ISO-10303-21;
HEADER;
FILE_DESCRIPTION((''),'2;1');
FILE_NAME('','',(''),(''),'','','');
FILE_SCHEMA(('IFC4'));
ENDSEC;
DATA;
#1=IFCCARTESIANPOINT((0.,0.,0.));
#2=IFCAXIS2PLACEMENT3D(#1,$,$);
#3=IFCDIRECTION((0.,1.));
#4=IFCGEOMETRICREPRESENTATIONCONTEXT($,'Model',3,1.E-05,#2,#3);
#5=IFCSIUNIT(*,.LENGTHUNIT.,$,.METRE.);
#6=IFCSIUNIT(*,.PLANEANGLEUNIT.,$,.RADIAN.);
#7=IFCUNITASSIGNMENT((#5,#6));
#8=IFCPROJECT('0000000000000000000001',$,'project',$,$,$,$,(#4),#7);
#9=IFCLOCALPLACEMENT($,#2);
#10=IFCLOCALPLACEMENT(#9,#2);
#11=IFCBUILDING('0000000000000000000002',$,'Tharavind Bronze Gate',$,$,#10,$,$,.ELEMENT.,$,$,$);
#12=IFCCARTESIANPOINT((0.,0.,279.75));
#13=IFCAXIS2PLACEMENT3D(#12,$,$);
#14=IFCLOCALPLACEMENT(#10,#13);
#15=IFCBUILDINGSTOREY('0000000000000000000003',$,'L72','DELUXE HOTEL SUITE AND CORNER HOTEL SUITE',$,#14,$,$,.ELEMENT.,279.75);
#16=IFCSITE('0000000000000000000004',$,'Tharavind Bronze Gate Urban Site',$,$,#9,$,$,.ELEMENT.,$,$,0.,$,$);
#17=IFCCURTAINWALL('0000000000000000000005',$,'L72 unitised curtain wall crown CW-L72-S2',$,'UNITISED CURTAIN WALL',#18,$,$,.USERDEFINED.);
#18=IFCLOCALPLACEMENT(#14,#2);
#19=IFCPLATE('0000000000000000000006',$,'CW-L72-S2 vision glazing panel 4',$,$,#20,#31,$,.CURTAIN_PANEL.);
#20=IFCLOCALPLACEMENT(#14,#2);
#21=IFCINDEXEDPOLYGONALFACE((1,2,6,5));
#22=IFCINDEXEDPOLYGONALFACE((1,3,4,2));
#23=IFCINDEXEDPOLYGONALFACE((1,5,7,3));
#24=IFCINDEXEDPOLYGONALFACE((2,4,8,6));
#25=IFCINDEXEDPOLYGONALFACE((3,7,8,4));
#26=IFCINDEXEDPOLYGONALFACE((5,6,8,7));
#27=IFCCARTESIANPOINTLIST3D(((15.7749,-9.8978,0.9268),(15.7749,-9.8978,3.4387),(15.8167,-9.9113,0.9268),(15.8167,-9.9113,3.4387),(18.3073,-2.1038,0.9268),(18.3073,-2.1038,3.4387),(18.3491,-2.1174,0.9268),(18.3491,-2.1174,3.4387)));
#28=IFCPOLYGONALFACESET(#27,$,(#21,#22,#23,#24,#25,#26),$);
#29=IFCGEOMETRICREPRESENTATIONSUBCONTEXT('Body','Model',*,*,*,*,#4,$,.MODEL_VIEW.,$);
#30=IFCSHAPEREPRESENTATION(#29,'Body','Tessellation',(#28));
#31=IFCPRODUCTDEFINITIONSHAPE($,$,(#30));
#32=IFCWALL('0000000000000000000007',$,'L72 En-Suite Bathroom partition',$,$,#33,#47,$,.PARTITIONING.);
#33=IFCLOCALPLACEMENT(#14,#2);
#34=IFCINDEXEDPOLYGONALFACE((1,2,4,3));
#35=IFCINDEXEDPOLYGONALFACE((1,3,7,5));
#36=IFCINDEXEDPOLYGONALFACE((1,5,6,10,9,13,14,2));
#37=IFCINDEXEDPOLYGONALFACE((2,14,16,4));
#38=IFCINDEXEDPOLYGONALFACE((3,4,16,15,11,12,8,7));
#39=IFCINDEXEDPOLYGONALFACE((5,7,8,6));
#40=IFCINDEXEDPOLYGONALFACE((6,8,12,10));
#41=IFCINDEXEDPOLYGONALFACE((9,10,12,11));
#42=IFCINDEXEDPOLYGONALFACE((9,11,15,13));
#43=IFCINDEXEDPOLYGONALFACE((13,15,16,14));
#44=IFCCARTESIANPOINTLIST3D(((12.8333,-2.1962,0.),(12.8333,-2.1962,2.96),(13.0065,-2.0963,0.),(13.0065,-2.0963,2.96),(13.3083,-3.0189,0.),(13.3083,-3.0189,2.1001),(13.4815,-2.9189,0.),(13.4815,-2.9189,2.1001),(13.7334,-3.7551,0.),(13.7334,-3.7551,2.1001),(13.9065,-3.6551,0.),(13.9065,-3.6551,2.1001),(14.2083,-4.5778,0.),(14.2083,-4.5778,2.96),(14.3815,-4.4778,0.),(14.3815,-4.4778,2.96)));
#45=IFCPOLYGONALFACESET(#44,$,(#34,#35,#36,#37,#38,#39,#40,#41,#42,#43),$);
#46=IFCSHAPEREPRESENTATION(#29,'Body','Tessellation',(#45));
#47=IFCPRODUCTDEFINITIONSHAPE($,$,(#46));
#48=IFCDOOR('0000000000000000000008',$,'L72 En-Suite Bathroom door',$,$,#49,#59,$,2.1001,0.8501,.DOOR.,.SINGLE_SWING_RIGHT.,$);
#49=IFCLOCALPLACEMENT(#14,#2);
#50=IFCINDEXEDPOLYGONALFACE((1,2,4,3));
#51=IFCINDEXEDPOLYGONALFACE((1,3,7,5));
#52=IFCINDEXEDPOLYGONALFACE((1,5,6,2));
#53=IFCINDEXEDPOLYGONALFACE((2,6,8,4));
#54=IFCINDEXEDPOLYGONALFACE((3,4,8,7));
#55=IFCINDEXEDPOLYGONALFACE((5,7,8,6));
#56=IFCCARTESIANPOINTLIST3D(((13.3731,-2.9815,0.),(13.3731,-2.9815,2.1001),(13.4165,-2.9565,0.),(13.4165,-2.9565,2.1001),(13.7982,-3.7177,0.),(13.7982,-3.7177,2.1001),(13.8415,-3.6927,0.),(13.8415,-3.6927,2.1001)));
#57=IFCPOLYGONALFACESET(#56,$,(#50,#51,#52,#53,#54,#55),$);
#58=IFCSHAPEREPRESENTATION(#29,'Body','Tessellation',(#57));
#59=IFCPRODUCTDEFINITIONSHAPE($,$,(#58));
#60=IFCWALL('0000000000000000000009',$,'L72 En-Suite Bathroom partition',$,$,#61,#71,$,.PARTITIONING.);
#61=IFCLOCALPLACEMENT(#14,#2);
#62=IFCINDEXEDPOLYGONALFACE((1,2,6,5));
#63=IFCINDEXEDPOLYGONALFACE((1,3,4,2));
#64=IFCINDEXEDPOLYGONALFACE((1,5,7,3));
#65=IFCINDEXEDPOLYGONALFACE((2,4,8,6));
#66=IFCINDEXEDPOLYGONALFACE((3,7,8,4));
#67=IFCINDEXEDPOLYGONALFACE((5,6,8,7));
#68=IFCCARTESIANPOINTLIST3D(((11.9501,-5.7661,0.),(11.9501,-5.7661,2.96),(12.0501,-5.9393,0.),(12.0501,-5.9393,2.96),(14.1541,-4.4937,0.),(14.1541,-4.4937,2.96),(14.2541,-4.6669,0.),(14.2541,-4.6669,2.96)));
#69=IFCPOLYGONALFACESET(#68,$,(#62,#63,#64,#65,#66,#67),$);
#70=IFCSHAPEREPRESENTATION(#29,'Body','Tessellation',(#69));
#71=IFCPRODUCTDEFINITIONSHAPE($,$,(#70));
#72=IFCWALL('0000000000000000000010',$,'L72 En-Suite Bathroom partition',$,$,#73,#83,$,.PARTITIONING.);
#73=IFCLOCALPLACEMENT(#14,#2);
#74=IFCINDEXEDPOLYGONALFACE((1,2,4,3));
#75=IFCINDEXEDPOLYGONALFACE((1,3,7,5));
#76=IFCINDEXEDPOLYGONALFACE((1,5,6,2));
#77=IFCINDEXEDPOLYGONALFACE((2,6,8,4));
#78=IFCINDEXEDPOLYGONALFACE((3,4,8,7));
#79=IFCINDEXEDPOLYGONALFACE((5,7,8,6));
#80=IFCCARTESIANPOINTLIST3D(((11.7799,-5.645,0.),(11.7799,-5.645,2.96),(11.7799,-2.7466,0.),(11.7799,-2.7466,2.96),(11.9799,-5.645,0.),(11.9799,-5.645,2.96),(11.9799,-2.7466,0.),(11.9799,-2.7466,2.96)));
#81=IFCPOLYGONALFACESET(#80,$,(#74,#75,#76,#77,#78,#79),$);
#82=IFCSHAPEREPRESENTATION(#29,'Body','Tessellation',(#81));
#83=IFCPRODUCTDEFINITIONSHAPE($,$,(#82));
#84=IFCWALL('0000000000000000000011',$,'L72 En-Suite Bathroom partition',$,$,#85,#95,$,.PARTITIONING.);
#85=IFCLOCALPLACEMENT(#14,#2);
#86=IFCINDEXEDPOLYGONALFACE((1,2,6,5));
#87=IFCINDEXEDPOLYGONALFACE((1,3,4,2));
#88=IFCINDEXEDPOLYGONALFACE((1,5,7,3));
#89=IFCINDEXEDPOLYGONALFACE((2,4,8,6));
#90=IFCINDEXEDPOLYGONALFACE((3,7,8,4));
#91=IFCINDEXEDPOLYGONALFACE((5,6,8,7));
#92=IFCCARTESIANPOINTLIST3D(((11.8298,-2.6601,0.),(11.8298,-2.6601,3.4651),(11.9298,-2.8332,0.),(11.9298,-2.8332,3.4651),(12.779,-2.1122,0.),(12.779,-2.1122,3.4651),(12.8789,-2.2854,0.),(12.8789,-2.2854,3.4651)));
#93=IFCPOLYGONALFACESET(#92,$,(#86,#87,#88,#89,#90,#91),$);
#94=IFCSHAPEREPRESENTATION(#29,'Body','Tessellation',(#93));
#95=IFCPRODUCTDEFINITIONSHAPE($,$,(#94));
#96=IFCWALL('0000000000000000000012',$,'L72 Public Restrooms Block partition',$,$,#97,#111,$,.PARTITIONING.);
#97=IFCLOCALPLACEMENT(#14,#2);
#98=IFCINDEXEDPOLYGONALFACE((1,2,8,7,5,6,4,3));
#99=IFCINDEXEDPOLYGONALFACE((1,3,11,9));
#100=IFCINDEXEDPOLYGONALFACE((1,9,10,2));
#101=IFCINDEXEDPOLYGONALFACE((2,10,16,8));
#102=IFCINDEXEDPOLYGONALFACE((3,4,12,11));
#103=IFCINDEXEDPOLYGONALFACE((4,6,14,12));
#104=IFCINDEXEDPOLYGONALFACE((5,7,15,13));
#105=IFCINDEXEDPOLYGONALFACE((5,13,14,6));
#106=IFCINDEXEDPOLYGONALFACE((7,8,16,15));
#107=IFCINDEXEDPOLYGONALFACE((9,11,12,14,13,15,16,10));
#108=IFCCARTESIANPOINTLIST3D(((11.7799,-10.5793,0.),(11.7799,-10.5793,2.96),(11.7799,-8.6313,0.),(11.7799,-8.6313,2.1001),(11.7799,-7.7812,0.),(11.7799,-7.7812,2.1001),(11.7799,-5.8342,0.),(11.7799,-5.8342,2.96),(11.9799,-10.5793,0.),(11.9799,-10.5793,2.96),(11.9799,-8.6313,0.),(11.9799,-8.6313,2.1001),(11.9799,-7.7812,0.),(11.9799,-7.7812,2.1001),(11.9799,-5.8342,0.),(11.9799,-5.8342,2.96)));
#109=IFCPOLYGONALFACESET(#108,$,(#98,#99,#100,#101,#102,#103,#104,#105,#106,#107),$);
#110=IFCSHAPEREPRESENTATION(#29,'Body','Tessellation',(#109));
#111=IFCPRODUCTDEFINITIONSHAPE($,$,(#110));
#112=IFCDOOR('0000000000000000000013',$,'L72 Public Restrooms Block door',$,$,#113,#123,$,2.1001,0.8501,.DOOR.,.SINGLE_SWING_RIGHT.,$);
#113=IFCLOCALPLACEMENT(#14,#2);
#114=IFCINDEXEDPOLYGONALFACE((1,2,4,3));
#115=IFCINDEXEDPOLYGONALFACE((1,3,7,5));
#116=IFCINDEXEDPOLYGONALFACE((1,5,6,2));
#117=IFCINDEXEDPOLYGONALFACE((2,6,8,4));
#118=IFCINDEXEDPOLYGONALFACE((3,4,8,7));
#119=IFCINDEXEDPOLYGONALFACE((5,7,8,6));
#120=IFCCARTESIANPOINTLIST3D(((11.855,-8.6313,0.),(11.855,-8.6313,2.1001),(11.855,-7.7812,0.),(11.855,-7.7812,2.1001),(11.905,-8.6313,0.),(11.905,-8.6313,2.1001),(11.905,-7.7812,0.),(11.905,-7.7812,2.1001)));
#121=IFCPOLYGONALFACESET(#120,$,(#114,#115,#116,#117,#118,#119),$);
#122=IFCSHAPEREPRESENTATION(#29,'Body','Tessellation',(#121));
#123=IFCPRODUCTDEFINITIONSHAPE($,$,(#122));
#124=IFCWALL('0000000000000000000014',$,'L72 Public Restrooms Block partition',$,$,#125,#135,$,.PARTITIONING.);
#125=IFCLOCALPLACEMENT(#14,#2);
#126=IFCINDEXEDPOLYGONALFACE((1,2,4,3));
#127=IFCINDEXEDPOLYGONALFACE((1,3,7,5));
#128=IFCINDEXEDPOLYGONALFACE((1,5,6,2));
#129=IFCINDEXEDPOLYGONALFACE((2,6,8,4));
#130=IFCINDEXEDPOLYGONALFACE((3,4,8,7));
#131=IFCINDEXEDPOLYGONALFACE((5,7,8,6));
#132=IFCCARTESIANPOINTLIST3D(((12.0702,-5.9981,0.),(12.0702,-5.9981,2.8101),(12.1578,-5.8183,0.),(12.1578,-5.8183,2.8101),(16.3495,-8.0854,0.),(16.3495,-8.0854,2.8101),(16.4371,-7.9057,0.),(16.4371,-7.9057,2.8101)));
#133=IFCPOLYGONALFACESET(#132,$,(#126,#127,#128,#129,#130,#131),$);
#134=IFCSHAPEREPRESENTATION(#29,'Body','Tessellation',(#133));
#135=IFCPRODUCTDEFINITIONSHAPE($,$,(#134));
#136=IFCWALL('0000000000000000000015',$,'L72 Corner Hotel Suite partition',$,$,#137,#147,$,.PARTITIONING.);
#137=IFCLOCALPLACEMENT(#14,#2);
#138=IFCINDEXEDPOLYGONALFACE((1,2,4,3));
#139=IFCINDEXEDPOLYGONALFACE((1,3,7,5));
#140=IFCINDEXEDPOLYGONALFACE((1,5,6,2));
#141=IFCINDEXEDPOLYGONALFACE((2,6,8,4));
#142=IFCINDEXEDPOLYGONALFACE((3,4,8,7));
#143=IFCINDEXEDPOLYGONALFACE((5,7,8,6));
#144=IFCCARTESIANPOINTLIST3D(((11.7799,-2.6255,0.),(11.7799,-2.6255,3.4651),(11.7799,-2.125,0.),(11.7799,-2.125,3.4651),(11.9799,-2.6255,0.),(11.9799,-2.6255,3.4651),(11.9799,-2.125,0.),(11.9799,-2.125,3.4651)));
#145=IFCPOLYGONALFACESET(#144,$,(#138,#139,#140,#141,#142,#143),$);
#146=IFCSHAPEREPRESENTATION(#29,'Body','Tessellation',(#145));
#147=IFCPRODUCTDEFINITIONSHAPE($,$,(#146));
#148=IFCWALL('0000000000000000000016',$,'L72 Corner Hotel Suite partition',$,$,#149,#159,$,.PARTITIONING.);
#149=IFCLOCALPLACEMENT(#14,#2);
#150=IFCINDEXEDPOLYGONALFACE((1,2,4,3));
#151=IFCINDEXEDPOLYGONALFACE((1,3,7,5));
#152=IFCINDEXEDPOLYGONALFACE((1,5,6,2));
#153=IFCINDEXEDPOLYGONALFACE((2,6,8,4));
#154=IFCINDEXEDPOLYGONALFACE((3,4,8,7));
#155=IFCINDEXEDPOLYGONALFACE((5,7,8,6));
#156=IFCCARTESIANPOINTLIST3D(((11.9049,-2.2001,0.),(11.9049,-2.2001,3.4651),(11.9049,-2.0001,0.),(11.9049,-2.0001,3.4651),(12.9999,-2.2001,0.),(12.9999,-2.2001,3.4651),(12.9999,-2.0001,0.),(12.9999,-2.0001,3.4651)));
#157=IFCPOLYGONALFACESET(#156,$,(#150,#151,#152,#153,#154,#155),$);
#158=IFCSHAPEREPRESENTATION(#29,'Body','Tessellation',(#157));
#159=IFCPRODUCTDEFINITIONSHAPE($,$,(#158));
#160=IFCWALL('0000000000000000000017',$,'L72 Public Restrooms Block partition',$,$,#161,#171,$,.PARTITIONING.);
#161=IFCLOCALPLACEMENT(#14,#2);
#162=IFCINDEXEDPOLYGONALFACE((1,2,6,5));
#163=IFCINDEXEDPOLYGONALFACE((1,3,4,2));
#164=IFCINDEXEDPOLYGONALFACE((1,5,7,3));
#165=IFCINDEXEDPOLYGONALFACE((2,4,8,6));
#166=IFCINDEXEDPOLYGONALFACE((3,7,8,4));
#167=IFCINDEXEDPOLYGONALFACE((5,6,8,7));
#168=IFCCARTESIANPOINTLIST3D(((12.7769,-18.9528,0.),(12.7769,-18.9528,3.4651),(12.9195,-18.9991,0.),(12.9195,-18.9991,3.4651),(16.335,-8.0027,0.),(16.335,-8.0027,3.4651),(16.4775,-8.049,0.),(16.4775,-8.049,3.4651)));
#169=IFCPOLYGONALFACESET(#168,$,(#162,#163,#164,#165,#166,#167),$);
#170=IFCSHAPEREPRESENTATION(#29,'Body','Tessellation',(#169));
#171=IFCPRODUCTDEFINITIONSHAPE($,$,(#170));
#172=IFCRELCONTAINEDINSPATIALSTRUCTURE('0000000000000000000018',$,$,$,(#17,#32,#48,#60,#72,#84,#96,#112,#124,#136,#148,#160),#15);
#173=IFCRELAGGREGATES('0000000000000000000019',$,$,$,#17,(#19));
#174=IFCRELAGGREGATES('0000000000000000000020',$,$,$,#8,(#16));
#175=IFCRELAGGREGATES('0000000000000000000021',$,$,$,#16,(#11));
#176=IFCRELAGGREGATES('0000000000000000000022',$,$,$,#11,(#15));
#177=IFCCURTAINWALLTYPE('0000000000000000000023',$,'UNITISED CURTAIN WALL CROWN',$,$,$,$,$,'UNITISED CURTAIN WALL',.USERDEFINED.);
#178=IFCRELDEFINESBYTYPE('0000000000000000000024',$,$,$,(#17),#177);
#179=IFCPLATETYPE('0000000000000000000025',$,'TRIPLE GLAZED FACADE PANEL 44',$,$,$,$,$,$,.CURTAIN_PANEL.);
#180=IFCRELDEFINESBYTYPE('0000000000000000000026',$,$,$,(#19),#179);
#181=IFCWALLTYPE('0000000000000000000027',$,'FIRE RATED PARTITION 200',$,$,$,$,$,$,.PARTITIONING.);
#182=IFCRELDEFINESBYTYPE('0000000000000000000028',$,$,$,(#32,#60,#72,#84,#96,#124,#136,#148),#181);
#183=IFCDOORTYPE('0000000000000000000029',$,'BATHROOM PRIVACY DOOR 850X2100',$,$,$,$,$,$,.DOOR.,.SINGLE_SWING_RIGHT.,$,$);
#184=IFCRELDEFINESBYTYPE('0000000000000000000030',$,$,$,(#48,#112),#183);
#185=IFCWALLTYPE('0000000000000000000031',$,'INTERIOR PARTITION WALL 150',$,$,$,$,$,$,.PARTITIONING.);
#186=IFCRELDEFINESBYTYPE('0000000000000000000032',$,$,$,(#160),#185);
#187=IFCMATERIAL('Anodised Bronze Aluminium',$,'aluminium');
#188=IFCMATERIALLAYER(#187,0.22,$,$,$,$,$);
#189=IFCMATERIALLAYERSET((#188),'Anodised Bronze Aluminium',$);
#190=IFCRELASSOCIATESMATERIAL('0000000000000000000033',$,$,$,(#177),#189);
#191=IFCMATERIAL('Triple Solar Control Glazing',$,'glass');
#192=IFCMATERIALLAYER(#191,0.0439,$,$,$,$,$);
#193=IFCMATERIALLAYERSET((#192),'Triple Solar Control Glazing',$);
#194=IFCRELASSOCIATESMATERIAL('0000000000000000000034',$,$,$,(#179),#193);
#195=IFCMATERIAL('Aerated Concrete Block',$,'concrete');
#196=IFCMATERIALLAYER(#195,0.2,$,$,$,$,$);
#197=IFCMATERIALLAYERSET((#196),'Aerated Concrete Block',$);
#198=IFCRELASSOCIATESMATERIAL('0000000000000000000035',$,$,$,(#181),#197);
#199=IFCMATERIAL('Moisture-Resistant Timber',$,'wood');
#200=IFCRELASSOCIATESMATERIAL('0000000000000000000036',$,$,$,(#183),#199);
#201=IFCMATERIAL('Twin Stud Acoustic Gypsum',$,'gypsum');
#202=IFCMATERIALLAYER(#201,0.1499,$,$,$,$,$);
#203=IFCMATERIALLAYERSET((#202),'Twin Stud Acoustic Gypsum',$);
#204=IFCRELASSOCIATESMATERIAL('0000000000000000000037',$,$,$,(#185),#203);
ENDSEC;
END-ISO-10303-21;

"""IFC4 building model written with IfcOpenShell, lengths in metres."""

from ifc_helpers import new_model, si_unit, direction, frame, frame_2d, origin, origin_2d, place, context, subcontext, project, spatial, rectangle, extrude, material, layer, layer_set, type_object, element, fill, aggregate, save


model = new_model("IFC4")

# Units and contexts
model_context = context("Model", 3, precision=1e-05, world=origin(), true_north=direction((0.0, 1.0)))
body_context = subcontext(model_context, "Body", "Model", "MODEL_VIEW")
ifc_project = project(units=[si_unit("LENGTHUNIT", "METRE"), si_unit("PLANEANGLEUNIT", "RADIAN")], contexts=[model_context])

# Site, building, storey
site_placement = place(None, origin())
site = spatial("IfcSite", under=ifc_project, at=site_placement, Name="Tharavind Bronze Gate Urban Site", CompositionType="ELEMENT", RefElevation=0.0)
building_placement = place(site_placement, origin())
building = spatial("IfcBuilding", under=site, at=building_placement, Name="Tharavind Bronze Gate", CompositionType="ELEMENT")
storey_placement = place(building_placement, frame((0.0, 0.0, 279.75)))
storey = spatial("IfcBuildingStorey", under=building, at=storey_placement, Name="L72", Description="DELUXE HOTEL SUITE AND CORNER HOTEL SUITE", CompositionType="ELEMENT", Elevation=279.75)

# Curtain wall
ifc_material_1 = material(Name="Anodised Bronze Aluminium", Category="aluminium")
ifc_layer_1 = layer(ifc_material_1, 0.22)
ifc_layer_set_1 = layer_set([ifc_layer_1], Name="Anodised Bronze Aluminium")
curtain_wall_type = type_object("IfcCurtainWallType", Name="UNITISED CURTAIN WALL CROWN", ElementType="UNITISED CURTAIN WALL", PredefinedType="USERDEFINED", material=ifc_layer_set_1)
curtain_wall_placement = place(storey_placement, origin())
curtain_wall = element("IfcCurtainWall", 1, at=curtain_wall_placement, inside=storey, type_object=curtain_wall_type, Name="L72 unitised curtain wall crown CW-L72-S2", ObjectType="UNITISED CURTAIN WALL", PredefinedType="USERDEFINED")

# Plate
ifc_material_2 = material(Name="Triple Solar Control Glazing", Category="glass")
ifc_layer_2 = layer(ifc_material_2, 0.0439)
ifc_layer_set_2 = layer_set([ifc_layer_2], Name="Triple Solar Control Glazing")
plate_type_1 = type_object("IfcPlateType", Name="TRIPLE GLAZED FACADE PANEL 44", PredefinedType="CURTAIN_PANEL", material=ifc_layer_set_2)
plate_1_placement = place(storey_placement, frame((17.062, -6.0076, 0.9268), z_axis=(0.0, 0.0, 1.0), x_axis=(0.309017, 0.951057, 0.0)))
plate_1 = element("IfcPlate", 2, at=plate_1_placement, type_object=plate_type_1, Name="CW-L72-S2 vision glazing panel 4", PredefinedType="CURTAIN_PANEL", context=body_context, shape_type="SweptSolid", body=[
    extrude(rectangle(XDim=8.1951, YDim=0.0439, at=origin_2d()), origin(), (0.0, 0.0, 1.0), 2.512),
])
aggregate(curtain_wall, [plate_1])

# Wall, opening, door
ifc_material_3 = material(Name="Aerated Concrete Block", Category="concrete")
ifc_layer_3 = layer(ifc_material_3, 0.2)
ifc_layer_set_3 = layer_set([ifc_layer_3], Name="Aerated Concrete Block")
wall_type_1 = type_object("IfcWallType", Name="FIRE RATED PARTITION 200", PredefinedType="PARTITIONING", material=ifc_layer_set_3)
wall_1_placement = place(storey_placement, frame((12.9199, -2.1462, 0.0), z_axis=(0.0, 0.0, 1.0), x_axis=(0.499997, -0.866027, 0.0)))
wall_1 = element("IfcWall", 3, at=wall_1_placement, inside=storey, type_object=wall_type_1, Name="L72 En-Suite Bathroom partition", PredefinedType="PARTITIONING", context=body_context, shape_type="SweptSolid", body=[
    extrude(rectangle(XDim=2.75, YDim=0.2, at=frame_2d((1.375, 0.0))), origin(), (0.0, 0.0, 1.0), 2.96),
])
opening_1_placement = place(wall_1_placement, frame((0.95, 0.0, 0.0)))
opening_1 = element("IfcOpeningElement", 4, at=opening_1_placement, cuts=wall_1, PredefinedType="OPENING", context=body_context, shape_type="SweptSolid", body=[
    extrude(rectangle(XDim=0.8501, YDim=2.1001, at=frame_2d((0.425, 1.05))), frame((0.0, 0.1101, 0.0), z_axis=(0.0, -1.0, 0.0), x_axis=(1.0, 0.0, 0.0)), (0.0, 0.0, 1.0), 0.22),
])
ifc_material_4 = material(Name="Moisture-Resistant Timber", Category="wood")
door_type_1 = type_object("IfcDoorType", Name="BATHROOM PRIVACY DOOR 850X2100", OperationType="SINGLE_SWING_RIGHT", PredefinedType="DOOR", material=ifc_material_4)
door_1_placement = place(opening_1_placement, origin())
door_1 = element("IfcDoor", 5, at=door_1_placement, inside=storey, type_object=door_type_1, Name="L72 En-Suite Bathroom door", OperationType="SINGLE_SWING_RIGHT", OverallHeight=2.1001, OverallWidth=0.8501, PredefinedType="DOOR", context=body_context, shape_type="SweptSolid", body=[
    extrude(rectangle(XDim=0.8501, YDim=2.1001, at=frame_2d((0.425, 1.05))), frame((0.0, 0.0249, 0.0), z_axis=(0.0, -1.0, 0.0), x_axis=(1.0, 0.0, 0.0)), (0.0, 0.0, 1.0), 0.05),
])
fill(opening_1, door_1)

# Walls
wall_2_placement = place(storey_placement, frame((14.2041, -4.5803, 0.0), z_axis=(0.0, 0.0, 1.0), x_axis=(-0.866039, -0.499977, 0.0)))
element("IfcWall", 6, at=wall_2_placement, inside=storey, type_object=wall_type_1, Name="L72 En-Suite Bathroom partition", PredefinedType="PARTITIONING", context=body_context, shape_type="SweptSolid", body=[
    extrude(rectangle(XDim=2.5449, YDim=0.2, at=frame_2d((1.2725, 0.0))), origin(), (0.0, 0.0, 1.0), 2.96),
])
wall_3_placement = place(storey_placement, frame((11.8799, -5.645, 0.0), z_axis=(0.0, 0.0, 1.0), x_axis=(0.0, 1.0, 0.0)))
element("IfcWall", 7, at=wall_3_placement, inside=storey, type_object=wall_type_1, Name="L72 En-Suite Bathroom partition", PredefinedType="PARTITIONING", context=body_context, shape_type="SweptSolid", body=[
    extrude(rectangle(XDim=2.8984, YDim=0.2, at=frame_2d((1.4492, 0.0))), origin(), (0.0, 0.0, 1.0), 2.96),
])
wall_4_placement = place(storey_placement, frame((11.8799, -2.7466, 0.0), z_axis=(0.0, 0.0, 1.0), x_axis=(0.866097, 0.499877, 0.0)))
element("IfcWall", 8, at=wall_4_placement, inside=storey, type_object=wall_type_1, Name="L72 En-Suite Bathroom partition", PredefinedType="PARTITIONING", context=body_context, shape_type="SweptSolid", body=[
    extrude(rectangle(XDim=1.0959, YDim=0.2, at=frame_2d((0.5479, 0.0))), origin(), (0.0, 0.0, 1.0), 3.4651),
])

# Wall, opening, door
wall_5_placement = place(storey_placement, frame((11.8799, -10.5793, 0.0), z_axis=(0.0, 0.0, 1.0), x_axis=(0.0, 1.0, 0.0)))
wall_5 = element("IfcWall", 9, at=wall_5_placement, inside=storey, type_object=wall_type_1, Name="L72 Public Restrooms Block partition", PredefinedType="PARTITIONING", context=body_context, shape_type="SweptSolid", body=[
    extrude(rectangle(XDim=4.7451, YDim=0.2, at=frame_2d((2.3726, 0.0))), origin(), (0.0, 0.0, 1.0), 2.96),
])
opening_2_placement = place(wall_5_placement, frame((1.948, 0.0, 0.0)))
opening_2 = element("IfcOpeningElement", 10, at=opening_2_placement, cuts=wall_5, PredefinedType="OPENING", context=body_context, shape_type="SweptSolid", body=[
    extrude(rectangle(XDim=0.8501, YDim=2.1001, at=frame_2d((0.425, 1.05))), frame((0.0, 0.1101, 0.0), z_axis=(0.0, -1.0, 0.0), x_axis=(1.0, 0.0, 0.0)), (0.0, 0.0, 1.0), 0.22),
])
door_2_placement = place(opening_2_placement, origin())
door_2 = element("IfcDoor", 11, at=door_2_placement, inside=storey, type_object=door_type_1, Name="L72 Public Restrooms Block door", OperationType="SINGLE_SWING_RIGHT", OverallHeight=2.1001, OverallWidth=0.8501, PredefinedType="DOOR", context=body_context, shape_type="SweptSolid", body=[
    extrude(rectangle(XDim=0.8501, YDim=2.1001, at=frame_2d((0.425, 1.05))), frame((0.0, 0.0249, 0.0), z_axis=(0.0, -1.0, 0.0), x_axis=(1.0, 0.0, 0.0)), (0.0, 0.0, 1.0), 0.05),
])
fill(opening_2, door_2)

# Walls
wall_6_placement = place(storey_placement, frame((12.114, -5.9082, 0.0), z_axis=(0.0, 0.0, 1.0), x_axis=(0.898773, -0.438414, 0.0)))
element("IfcWall", 12, at=wall_6_placement, inside=storey, type_object=wall_type_1, Name="L72 Public Restrooms Block partition", PredefinedType="PARTITIONING", context=body_context, shape_type="SweptSolid", body=[
    extrude(rectangle(XDim=4.7612, YDim=0.2, at=frame_2d((2.3806, 0.0))), origin(), (0.0, 0.0, 1.0), 2.8101),
])
wall_7_placement = place(storey_placement, frame((11.8799, -2.6255, 0.0), z_axis=(0.0, 0.0, 1.0), x_axis=(0.0, 1.0, 0.0)))
element("IfcWall", 13, at=wall_7_placement, inside=storey, type_object=wall_type_1, Name="L72 Corner Hotel Suite partition", PredefinedType="PARTITIONING", context=body_context, shape_type="SweptSolid", body=[
    extrude(rectangle(XDim=0.5005, YDim=0.2, at=frame_2d((0.2502, 0.0))), origin(), (0.0, 0.0, 1.0), 3.4651),
])
wall_8_placement = place(storey_placement, frame((11.905, -2.1001, 0.0), z_axis=(0.0, 0.0, 1.0), x_axis=(1.0, 0.0, 0.0)))
element("IfcWall", 14, at=wall_8_placement, inside=storey, type_object=wall_type_1, Name="L72 Corner Hotel Suite partition", PredefinedType="PARTITIONING", context=body_context, shape_type="SweptSolid", body=[
    extrude(rectangle(XDim=1.095, YDim=0.2, at=frame_2d((0.5474, 0.0))), origin(), (0.0, 0.0, 1.0), 3.4651),
])

# Wall
ifc_material_5 = material(Name="Twin Stud Acoustic Gypsum", Category="gypsum")
ifc_layer_4 = layer(ifc_material_5, 0.1499)
ifc_layer_set_4 = layer_set([ifc_layer_4], Name="Twin Stud Acoustic Gypsum")
wall_type_2 = type_object("IfcWallType", Name="INTERIOR PARTITION WALL 150", PredefinedType="PARTITIONING", material=ifc_layer_set_4)
wall_9_placement = place(storey_placement, frame((16.4062, -8.0259, 0.0), z_axis=(0.0, 0.0, 1.0), x_axis=(-0.30903, -0.951052, 0.0)))
element("IfcWall", 15, at=wall_9_placement, inside=storey, type_object=wall_type_2, Name="L72 Public Restrooms Block partition", PredefinedType="PARTITIONING", context=body_context, shape_type="SweptSolid", body=[
    extrude(rectangle(XDim=11.5137, YDim=0.1499, at=frame_2d((5.7568, 0.0))), origin(), (0.0, 0.0, 1.0), 3.4651),
])

save(model, "model.ifc")
